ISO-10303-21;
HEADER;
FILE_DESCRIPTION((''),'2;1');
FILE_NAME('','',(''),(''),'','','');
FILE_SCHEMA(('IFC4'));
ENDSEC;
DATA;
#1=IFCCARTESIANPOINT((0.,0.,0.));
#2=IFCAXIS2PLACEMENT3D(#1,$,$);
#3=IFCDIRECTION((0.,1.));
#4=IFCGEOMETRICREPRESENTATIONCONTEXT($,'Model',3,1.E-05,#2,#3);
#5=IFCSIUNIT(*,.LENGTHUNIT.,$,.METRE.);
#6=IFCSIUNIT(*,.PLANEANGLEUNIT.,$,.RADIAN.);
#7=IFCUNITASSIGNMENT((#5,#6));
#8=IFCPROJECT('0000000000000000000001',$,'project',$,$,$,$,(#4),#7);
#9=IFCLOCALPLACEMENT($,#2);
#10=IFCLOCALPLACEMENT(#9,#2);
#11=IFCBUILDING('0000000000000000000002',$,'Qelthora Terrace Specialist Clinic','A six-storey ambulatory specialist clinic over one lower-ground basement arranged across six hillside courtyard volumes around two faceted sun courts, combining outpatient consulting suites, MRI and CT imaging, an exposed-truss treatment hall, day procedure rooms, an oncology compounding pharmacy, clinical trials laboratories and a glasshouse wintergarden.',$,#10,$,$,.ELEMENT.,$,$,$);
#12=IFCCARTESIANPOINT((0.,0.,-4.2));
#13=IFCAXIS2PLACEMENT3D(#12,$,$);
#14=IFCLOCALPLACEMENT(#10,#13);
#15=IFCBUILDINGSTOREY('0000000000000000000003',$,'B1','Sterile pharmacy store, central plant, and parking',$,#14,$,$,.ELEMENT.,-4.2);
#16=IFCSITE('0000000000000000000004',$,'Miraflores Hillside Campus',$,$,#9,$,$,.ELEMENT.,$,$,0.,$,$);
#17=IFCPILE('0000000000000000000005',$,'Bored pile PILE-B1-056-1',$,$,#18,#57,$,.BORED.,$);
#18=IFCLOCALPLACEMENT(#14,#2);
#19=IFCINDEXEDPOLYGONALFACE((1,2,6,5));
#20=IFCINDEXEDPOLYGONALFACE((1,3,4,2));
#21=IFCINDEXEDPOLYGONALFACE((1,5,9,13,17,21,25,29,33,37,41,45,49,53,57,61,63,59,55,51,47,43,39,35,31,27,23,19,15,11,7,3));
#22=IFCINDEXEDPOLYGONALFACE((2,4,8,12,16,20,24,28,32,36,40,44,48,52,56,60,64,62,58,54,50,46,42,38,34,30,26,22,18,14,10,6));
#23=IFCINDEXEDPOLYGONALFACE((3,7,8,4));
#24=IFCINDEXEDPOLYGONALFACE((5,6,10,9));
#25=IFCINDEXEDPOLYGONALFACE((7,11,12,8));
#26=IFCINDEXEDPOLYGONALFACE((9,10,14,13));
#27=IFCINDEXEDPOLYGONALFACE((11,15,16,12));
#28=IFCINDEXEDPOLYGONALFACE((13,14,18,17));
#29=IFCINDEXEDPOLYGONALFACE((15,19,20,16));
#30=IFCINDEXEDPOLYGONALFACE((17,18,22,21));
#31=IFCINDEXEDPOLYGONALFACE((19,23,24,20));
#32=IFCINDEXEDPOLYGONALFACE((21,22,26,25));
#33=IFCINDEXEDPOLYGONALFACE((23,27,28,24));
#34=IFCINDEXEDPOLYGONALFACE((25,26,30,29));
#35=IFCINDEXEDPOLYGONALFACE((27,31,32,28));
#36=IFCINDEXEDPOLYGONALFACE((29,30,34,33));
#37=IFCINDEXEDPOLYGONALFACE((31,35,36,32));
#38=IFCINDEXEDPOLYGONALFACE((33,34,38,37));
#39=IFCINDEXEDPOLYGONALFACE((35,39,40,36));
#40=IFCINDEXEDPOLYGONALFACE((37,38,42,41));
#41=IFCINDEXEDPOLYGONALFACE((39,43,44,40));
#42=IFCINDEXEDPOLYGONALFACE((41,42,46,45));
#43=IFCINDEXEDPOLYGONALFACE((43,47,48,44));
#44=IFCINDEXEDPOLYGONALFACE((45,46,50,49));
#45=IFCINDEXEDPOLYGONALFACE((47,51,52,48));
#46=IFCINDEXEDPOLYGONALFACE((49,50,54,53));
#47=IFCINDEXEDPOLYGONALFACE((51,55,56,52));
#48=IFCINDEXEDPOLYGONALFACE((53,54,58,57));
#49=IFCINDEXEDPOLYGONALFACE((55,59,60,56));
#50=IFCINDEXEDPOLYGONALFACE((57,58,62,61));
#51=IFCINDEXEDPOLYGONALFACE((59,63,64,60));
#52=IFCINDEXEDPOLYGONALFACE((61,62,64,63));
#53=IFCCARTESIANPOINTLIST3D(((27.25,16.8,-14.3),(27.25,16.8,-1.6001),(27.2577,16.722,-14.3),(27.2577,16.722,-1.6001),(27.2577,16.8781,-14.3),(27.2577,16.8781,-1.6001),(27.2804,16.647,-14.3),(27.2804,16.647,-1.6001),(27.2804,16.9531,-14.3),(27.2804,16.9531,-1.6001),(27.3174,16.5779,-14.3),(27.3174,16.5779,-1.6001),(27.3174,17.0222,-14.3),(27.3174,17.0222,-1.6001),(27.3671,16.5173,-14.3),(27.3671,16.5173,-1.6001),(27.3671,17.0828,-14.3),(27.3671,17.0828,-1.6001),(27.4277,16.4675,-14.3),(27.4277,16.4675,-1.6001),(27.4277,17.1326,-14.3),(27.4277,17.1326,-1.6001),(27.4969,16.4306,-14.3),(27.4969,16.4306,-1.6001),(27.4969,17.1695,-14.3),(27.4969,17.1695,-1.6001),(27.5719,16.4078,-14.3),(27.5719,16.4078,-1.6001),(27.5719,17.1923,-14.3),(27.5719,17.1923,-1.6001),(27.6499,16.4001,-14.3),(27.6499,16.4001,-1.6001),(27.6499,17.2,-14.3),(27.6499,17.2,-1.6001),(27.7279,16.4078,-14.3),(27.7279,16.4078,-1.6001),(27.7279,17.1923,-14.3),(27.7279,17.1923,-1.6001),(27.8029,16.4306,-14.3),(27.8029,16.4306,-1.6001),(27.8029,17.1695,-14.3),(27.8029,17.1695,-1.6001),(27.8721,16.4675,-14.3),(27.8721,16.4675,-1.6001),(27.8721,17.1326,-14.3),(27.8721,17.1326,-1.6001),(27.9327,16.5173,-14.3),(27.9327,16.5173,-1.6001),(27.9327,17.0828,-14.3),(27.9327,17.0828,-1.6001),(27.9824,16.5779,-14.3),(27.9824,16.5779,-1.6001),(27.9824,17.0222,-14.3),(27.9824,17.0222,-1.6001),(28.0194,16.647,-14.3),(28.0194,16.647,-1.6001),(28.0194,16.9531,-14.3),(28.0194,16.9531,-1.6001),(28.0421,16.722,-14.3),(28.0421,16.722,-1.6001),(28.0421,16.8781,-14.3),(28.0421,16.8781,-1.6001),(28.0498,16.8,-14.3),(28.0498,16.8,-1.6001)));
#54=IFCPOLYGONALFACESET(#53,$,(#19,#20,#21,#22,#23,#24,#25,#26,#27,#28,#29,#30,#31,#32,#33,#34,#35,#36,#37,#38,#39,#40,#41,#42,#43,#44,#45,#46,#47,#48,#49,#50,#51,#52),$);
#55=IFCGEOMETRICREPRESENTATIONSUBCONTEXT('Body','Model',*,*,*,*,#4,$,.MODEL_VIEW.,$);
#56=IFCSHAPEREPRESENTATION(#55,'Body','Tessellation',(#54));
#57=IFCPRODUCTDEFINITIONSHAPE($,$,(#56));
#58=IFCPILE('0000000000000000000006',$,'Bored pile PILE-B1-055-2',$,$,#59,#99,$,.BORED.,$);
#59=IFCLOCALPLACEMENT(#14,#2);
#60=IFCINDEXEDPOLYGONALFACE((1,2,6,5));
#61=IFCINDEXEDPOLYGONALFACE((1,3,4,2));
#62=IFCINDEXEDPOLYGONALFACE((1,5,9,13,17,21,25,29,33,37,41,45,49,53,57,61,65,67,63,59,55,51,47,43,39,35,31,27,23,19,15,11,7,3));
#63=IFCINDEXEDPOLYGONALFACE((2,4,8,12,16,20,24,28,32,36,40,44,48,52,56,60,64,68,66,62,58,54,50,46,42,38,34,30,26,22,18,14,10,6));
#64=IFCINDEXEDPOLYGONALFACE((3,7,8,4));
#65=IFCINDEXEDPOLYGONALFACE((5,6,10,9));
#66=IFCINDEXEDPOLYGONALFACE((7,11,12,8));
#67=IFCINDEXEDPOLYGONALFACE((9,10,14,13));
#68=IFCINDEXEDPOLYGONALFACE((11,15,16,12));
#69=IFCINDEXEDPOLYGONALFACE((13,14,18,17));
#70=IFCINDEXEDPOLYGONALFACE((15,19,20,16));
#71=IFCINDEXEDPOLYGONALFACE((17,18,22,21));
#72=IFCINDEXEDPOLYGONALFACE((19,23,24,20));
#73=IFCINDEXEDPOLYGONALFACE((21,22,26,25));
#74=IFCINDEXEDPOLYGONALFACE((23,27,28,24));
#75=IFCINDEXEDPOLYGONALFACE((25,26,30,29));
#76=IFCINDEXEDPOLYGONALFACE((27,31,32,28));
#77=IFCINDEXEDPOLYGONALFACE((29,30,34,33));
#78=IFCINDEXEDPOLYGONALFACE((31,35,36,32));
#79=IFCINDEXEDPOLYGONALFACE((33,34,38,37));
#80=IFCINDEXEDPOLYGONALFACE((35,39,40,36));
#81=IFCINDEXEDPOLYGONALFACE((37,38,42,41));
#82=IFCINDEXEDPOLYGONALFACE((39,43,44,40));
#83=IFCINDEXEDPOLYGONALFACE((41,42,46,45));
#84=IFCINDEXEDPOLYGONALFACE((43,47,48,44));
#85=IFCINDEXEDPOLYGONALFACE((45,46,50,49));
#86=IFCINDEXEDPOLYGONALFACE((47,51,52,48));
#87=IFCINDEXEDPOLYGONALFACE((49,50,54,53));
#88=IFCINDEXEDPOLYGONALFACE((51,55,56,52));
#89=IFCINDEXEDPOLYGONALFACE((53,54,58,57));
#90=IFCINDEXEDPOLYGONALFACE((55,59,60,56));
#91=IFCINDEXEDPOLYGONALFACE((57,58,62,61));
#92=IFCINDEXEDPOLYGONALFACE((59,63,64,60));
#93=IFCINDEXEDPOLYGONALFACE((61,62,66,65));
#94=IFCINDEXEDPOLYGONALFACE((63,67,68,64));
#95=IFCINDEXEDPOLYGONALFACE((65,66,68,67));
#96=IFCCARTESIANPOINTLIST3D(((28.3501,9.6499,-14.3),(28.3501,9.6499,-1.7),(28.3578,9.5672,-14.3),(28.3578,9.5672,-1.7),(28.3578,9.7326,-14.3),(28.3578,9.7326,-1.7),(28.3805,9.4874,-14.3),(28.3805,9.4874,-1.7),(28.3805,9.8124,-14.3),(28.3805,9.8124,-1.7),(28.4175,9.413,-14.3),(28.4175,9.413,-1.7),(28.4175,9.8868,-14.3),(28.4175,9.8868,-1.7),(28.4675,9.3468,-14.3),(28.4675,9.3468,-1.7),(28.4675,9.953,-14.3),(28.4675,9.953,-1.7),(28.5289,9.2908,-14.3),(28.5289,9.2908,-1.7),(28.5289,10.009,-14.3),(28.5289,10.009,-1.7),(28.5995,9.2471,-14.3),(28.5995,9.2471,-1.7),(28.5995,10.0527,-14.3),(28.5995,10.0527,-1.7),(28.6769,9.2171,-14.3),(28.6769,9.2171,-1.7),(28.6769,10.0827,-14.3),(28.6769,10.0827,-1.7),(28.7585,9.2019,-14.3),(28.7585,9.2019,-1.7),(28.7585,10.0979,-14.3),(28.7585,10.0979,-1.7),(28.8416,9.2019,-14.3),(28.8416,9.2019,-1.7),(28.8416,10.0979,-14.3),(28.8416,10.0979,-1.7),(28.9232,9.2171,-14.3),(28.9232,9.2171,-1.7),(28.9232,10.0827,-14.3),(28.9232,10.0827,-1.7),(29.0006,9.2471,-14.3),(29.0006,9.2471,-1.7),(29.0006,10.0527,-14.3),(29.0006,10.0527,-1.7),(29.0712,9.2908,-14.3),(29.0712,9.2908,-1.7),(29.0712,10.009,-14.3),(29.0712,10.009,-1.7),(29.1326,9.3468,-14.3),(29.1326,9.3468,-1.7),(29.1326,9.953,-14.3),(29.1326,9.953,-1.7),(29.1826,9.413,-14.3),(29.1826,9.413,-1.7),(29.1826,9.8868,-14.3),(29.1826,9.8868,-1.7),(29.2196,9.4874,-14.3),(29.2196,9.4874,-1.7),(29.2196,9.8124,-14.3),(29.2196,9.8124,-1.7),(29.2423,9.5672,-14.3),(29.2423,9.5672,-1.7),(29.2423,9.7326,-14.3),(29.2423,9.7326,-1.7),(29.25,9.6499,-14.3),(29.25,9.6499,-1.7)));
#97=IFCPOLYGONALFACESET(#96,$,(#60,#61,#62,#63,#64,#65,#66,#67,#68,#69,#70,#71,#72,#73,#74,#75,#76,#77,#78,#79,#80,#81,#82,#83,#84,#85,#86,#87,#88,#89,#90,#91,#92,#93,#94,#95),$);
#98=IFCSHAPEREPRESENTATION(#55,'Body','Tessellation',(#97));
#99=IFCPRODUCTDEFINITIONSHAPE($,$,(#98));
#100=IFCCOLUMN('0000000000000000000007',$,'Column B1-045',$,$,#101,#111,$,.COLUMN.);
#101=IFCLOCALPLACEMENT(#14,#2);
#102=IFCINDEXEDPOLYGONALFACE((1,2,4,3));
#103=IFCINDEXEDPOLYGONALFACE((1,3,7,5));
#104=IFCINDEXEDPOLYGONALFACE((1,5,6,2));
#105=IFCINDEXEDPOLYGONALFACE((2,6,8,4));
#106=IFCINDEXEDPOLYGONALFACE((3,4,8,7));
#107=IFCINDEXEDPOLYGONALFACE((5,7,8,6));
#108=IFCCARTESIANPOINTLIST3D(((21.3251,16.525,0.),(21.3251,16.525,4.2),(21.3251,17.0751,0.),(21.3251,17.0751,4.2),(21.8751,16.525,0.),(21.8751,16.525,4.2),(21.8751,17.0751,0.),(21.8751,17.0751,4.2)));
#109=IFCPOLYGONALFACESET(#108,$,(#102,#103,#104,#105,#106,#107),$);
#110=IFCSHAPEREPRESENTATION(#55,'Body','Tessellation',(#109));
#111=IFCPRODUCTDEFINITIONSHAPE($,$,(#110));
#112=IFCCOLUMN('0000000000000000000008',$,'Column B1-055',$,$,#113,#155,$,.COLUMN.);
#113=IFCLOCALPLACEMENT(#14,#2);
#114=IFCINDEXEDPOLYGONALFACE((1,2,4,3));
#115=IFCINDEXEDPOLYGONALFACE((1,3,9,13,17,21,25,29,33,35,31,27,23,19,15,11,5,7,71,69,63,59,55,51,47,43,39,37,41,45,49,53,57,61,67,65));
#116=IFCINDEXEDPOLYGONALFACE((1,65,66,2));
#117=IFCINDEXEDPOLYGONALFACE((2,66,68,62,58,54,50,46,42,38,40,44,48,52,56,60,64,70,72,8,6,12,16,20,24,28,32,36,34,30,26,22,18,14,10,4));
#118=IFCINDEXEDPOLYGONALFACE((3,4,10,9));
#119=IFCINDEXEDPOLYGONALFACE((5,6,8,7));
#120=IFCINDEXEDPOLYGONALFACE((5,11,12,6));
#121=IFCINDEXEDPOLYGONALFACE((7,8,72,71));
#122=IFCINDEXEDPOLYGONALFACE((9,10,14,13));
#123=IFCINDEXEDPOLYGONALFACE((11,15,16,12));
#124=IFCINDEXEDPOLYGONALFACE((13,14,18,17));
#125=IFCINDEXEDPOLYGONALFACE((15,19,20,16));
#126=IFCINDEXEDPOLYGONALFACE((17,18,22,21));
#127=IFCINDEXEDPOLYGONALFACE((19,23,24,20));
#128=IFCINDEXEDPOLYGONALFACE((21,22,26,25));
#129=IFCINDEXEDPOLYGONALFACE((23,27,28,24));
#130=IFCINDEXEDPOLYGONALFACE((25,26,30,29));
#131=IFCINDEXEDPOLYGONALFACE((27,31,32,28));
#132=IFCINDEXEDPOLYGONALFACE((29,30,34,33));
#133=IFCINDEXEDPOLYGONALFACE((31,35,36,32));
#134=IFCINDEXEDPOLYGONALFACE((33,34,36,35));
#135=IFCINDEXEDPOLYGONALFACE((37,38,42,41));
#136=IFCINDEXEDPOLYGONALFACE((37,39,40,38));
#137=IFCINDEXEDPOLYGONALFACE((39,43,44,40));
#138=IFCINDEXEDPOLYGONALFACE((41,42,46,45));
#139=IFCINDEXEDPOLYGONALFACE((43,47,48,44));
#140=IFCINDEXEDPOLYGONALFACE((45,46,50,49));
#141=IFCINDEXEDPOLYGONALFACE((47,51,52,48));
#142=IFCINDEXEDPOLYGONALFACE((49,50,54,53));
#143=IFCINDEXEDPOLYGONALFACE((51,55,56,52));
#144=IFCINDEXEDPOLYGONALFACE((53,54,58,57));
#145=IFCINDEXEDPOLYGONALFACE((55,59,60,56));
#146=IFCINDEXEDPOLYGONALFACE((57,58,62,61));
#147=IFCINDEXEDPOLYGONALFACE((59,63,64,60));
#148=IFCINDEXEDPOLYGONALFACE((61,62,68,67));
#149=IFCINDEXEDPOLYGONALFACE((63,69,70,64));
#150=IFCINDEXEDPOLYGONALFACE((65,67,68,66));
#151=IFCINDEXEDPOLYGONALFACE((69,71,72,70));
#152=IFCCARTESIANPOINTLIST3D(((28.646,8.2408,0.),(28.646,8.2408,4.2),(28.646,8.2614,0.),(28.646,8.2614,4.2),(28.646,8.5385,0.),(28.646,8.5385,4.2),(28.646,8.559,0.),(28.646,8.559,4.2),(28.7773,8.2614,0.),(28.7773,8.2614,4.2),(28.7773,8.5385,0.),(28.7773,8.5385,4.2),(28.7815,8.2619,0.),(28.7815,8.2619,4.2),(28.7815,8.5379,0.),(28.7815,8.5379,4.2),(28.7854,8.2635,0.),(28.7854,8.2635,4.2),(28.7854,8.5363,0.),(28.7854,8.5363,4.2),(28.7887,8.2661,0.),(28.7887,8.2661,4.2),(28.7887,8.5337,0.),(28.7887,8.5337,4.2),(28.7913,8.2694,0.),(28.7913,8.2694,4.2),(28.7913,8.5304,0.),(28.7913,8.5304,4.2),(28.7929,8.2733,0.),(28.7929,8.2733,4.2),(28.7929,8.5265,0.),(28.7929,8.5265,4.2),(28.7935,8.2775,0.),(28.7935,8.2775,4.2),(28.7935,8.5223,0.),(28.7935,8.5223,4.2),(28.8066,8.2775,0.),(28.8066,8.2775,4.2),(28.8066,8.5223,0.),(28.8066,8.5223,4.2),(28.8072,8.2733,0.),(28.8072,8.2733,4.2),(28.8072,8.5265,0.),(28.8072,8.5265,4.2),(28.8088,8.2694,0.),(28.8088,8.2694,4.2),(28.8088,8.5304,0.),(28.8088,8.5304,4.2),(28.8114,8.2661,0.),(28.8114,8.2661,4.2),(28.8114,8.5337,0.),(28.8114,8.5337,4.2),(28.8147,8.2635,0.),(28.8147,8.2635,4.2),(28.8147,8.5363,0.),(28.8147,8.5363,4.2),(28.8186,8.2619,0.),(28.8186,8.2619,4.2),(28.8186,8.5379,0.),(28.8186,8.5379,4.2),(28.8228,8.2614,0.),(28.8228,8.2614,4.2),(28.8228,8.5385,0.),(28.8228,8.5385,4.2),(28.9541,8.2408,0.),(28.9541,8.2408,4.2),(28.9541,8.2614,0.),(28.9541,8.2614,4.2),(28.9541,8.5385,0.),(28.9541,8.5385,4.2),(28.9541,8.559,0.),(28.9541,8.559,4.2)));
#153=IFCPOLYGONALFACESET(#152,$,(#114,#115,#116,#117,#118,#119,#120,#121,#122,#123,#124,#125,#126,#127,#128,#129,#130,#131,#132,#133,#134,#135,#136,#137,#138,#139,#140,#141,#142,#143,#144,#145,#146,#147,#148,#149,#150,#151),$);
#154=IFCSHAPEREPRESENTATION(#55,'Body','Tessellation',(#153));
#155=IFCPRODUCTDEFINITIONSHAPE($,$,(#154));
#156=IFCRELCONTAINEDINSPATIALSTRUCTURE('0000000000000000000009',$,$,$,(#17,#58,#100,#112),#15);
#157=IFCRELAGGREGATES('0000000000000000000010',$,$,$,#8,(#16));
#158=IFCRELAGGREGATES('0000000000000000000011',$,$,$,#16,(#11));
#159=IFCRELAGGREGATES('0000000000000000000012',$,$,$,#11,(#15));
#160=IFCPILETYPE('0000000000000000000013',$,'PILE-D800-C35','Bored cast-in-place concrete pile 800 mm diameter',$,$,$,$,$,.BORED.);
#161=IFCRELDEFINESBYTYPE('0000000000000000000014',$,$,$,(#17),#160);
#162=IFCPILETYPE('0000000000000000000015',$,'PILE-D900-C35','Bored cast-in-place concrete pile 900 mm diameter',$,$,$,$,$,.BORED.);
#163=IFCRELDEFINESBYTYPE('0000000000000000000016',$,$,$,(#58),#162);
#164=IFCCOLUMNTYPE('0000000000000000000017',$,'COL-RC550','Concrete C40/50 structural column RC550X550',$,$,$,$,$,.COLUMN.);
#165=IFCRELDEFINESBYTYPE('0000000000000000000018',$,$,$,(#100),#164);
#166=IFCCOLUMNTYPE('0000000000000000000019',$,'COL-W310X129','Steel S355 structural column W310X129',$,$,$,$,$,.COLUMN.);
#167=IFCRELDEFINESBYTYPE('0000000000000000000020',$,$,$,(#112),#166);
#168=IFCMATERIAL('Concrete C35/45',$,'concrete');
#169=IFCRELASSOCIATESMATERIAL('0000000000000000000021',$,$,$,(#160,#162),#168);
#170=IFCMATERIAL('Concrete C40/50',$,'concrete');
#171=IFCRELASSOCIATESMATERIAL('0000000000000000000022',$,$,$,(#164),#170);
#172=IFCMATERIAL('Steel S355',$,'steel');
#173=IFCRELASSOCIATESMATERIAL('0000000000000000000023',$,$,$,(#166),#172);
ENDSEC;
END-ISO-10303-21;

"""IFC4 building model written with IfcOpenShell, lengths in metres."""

from ifc_helpers import new_model, si_unit, direction, frame, origin, origin_2d, place, context, subcontext, project, spatial, rectangle, circle, i_section, extrude, material, material_profile, profile_set, type_object, element, save


model = new_model("IFC4")

# Units and contexts
model_context = context("Model", 3, precision=1e-05, world=origin(), true_north=direction((0.0, 1.0)))
body_context = subcontext(model_context, "Body", "Model", "MODEL_VIEW")
ifc_project = project(units=[si_unit("LENGTHUNIT", "METRE"), si_unit("PLANEANGLEUNIT", "RADIAN")], contexts=[model_context])

# Site, building, storey
site_placement = place(None, origin())
site = spatial("IfcSite", under=ifc_project, at=site_placement, Name="Miraflores Hillside Campus", CompositionType="ELEMENT", RefElevation=0.0)
building_placement = place(site_placement, origin())
building = spatial("IfcBuilding", under=site, at=building_placement, Name="Qelthora Terrace Specialist Clinic", Description="A six-storey ambulatory specialist clinic over one lower-ground basement arranged across six hillside courtyard volumes around two faceted sun courts, combining outpatient consulting suites, MRI and CT imaging, an exposed-truss treatment hall, day procedure rooms, an oncology compounding pharmacy, clinical trials laboratories and a glasshouse wintergarden.", CompositionType="ELEMENT")
storey_placement = place(building_placement, frame((0.0, 0.0, -4.2)))
storey = spatial("IfcBuildingStorey", under=building, at=storey_placement, Name="B1", Description="Sterile pharmacy store, central plant, and parking", CompositionType="ELEMENT", Elevation=-4.2)

# Shared definitions
ifc_material_1 = material(Name="Concrete C35/45", Category="concrete")

# Piles
ifc_material_profile_1 = material_profile(ifc_material_1, circle(Radius=0.3999, at=origin_2d()), Name="PILE800")
ifc_profile_set_1 = profile_set([ifc_material_profile_1], Name="Concrete C35/45")
pile_type_1 = type_object("IfcPileType", Name="PILE-D800-C35", Description="Bored cast-in-place concrete pile 800 mm diameter", PredefinedType="BORED", material=ifc_profile_set_1)
for number, where, z_axis, x_axis, name in (
    (1, (27.6499, 16.8, -1.6001), (0.0, 0.0, -1.0), (1.0, 0.0, 0.0), "Bored pile PILE-B1-056-1"),
):
    element("IfcPile", number, at=place(storey_placement, frame(where, z_axis=z_axis, x_axis=x_axis)), inside=storey, type_object=pile_type_1, Name=name, PredefinedType="BORED", context=body_context, shape_type="SweptSolid", body=[
        extrude(circle(Radius=0.3999, at=origin_2d()), origin(), (0.0, 0.0, 1.0), 12.7),
    ])
ifc_material_profile_2 = material_profile(ifc_material_1, circle(Radius=0.45, at=origin_2d()), Name="PILE900")
ifc_profile_set_2 = profile_set([ifc_material_profile_2], Name="Concrete C35/45")
pile_type_2 = type_object("IfcPileType", Name="PILE-D900-C35", Description="Bored cast-in-place concrete pile 900 mm diameter", PredefinedType="BORED", material=ifc_profile_set_2)
pile_placement = place(storey_placement, frame((28.8, 9.6499, -1.7), z_axis=(0.0, 0.0, -1.0), x_axis=(1.0, 0.0, 0.0)))
element("IfcPile", 2, at=pile_placement, inside=storey, type_object=pile_type_2, Name="Bored pile PILE-B1-055-2", PredefinedType="BORED", context=body_context, shape_type="SweptSolid", body=[
    extrude(circle(Radius=0.45, at=origin_2d()), origin(), (0.0, 0.0, 1.0), 12.6001),
])

# Columns
ifc_material_2 = material(Name="Concrete C40/50", Category="concrete")
ifc_material_profile_3 = material_profile(ifc_material_2, rectangle(XDim=0.55, YDim=0.55, at=origin_2d()), Name="RC550X550")
ifc_profile_set_3 = profile_set([ifc_material_profile_3], Name="Concrete C40/50")
column_type_1 = type_object("IfcColumnType", Name="COL-RC550", Description="Concrete C40/50 structural column RC550X550", PredefinedType="COLUMN", material=ifc_profile_set_3)
column_1_placement = place(storey_placement, frame((21.6001, 16.8, 0.0), z_axis=(0.0, 0.0, 1.0), x_axis=(1.0, 0.0, 0.0)))
element("IfcColumn", 3, at=column_1_placement, inside=storey, type_object=column_type_1, Name="Column B1-045", PredefinedType="COLUMN", context=body_context, shape_type="SweptSolid", body=[
    extrude(rectangle(XDim=0.55, YDim=0.55, at=origin_2d()), origin(), (0.0, 0.0, 1.0), 4.2),
])
ifc_material_3 = material(Name="Steel S355", Category="steel")
ifc_material_profile_4 = material_profile(ifc_material_3, i_section(OverallWidth=0.3081, OverallDepth=0.3181, WebThickness=0.0132, FlangeThickness=0.0205, FilletRadius=0.0161, at=origin_2d()), Name="W310X129")
ifc_profile_set_4 = profile_set([ifc_material_profile_4], Name="Steel S355")
column_type_2 = type_object("IfcColumnType", Name="COL-W310X129", Description="Steel S355 structural column W310X129", PredefinedType="COLUMN", material=ifc_profile_set_4)
column_2_placement = place(storey_placement, frame((28.8, 8.3999, 0.0), z_axis=(0.0, 0.0, 1.0), x_axis=(1.0, 0.0, 0.0)))
element("IfcColumn", 4, at=column_2_placement, inside=storey, type_object=column_type_2, Name="Column B1-055", PredefinedType="COLUMN", context=body_context, shape_type="SweptSolid", body=[
    extrude(i_section(OverallWidth=0.3081, OverallDepth=0.3181, WebThickness=0.0132, FlangeThickness=0.0205, FilletRadius=0.0161, at=origin_2d()), origin(), (0.0, 0.0, 1.0), 4.2),
])

save(model, "model.ifc")
